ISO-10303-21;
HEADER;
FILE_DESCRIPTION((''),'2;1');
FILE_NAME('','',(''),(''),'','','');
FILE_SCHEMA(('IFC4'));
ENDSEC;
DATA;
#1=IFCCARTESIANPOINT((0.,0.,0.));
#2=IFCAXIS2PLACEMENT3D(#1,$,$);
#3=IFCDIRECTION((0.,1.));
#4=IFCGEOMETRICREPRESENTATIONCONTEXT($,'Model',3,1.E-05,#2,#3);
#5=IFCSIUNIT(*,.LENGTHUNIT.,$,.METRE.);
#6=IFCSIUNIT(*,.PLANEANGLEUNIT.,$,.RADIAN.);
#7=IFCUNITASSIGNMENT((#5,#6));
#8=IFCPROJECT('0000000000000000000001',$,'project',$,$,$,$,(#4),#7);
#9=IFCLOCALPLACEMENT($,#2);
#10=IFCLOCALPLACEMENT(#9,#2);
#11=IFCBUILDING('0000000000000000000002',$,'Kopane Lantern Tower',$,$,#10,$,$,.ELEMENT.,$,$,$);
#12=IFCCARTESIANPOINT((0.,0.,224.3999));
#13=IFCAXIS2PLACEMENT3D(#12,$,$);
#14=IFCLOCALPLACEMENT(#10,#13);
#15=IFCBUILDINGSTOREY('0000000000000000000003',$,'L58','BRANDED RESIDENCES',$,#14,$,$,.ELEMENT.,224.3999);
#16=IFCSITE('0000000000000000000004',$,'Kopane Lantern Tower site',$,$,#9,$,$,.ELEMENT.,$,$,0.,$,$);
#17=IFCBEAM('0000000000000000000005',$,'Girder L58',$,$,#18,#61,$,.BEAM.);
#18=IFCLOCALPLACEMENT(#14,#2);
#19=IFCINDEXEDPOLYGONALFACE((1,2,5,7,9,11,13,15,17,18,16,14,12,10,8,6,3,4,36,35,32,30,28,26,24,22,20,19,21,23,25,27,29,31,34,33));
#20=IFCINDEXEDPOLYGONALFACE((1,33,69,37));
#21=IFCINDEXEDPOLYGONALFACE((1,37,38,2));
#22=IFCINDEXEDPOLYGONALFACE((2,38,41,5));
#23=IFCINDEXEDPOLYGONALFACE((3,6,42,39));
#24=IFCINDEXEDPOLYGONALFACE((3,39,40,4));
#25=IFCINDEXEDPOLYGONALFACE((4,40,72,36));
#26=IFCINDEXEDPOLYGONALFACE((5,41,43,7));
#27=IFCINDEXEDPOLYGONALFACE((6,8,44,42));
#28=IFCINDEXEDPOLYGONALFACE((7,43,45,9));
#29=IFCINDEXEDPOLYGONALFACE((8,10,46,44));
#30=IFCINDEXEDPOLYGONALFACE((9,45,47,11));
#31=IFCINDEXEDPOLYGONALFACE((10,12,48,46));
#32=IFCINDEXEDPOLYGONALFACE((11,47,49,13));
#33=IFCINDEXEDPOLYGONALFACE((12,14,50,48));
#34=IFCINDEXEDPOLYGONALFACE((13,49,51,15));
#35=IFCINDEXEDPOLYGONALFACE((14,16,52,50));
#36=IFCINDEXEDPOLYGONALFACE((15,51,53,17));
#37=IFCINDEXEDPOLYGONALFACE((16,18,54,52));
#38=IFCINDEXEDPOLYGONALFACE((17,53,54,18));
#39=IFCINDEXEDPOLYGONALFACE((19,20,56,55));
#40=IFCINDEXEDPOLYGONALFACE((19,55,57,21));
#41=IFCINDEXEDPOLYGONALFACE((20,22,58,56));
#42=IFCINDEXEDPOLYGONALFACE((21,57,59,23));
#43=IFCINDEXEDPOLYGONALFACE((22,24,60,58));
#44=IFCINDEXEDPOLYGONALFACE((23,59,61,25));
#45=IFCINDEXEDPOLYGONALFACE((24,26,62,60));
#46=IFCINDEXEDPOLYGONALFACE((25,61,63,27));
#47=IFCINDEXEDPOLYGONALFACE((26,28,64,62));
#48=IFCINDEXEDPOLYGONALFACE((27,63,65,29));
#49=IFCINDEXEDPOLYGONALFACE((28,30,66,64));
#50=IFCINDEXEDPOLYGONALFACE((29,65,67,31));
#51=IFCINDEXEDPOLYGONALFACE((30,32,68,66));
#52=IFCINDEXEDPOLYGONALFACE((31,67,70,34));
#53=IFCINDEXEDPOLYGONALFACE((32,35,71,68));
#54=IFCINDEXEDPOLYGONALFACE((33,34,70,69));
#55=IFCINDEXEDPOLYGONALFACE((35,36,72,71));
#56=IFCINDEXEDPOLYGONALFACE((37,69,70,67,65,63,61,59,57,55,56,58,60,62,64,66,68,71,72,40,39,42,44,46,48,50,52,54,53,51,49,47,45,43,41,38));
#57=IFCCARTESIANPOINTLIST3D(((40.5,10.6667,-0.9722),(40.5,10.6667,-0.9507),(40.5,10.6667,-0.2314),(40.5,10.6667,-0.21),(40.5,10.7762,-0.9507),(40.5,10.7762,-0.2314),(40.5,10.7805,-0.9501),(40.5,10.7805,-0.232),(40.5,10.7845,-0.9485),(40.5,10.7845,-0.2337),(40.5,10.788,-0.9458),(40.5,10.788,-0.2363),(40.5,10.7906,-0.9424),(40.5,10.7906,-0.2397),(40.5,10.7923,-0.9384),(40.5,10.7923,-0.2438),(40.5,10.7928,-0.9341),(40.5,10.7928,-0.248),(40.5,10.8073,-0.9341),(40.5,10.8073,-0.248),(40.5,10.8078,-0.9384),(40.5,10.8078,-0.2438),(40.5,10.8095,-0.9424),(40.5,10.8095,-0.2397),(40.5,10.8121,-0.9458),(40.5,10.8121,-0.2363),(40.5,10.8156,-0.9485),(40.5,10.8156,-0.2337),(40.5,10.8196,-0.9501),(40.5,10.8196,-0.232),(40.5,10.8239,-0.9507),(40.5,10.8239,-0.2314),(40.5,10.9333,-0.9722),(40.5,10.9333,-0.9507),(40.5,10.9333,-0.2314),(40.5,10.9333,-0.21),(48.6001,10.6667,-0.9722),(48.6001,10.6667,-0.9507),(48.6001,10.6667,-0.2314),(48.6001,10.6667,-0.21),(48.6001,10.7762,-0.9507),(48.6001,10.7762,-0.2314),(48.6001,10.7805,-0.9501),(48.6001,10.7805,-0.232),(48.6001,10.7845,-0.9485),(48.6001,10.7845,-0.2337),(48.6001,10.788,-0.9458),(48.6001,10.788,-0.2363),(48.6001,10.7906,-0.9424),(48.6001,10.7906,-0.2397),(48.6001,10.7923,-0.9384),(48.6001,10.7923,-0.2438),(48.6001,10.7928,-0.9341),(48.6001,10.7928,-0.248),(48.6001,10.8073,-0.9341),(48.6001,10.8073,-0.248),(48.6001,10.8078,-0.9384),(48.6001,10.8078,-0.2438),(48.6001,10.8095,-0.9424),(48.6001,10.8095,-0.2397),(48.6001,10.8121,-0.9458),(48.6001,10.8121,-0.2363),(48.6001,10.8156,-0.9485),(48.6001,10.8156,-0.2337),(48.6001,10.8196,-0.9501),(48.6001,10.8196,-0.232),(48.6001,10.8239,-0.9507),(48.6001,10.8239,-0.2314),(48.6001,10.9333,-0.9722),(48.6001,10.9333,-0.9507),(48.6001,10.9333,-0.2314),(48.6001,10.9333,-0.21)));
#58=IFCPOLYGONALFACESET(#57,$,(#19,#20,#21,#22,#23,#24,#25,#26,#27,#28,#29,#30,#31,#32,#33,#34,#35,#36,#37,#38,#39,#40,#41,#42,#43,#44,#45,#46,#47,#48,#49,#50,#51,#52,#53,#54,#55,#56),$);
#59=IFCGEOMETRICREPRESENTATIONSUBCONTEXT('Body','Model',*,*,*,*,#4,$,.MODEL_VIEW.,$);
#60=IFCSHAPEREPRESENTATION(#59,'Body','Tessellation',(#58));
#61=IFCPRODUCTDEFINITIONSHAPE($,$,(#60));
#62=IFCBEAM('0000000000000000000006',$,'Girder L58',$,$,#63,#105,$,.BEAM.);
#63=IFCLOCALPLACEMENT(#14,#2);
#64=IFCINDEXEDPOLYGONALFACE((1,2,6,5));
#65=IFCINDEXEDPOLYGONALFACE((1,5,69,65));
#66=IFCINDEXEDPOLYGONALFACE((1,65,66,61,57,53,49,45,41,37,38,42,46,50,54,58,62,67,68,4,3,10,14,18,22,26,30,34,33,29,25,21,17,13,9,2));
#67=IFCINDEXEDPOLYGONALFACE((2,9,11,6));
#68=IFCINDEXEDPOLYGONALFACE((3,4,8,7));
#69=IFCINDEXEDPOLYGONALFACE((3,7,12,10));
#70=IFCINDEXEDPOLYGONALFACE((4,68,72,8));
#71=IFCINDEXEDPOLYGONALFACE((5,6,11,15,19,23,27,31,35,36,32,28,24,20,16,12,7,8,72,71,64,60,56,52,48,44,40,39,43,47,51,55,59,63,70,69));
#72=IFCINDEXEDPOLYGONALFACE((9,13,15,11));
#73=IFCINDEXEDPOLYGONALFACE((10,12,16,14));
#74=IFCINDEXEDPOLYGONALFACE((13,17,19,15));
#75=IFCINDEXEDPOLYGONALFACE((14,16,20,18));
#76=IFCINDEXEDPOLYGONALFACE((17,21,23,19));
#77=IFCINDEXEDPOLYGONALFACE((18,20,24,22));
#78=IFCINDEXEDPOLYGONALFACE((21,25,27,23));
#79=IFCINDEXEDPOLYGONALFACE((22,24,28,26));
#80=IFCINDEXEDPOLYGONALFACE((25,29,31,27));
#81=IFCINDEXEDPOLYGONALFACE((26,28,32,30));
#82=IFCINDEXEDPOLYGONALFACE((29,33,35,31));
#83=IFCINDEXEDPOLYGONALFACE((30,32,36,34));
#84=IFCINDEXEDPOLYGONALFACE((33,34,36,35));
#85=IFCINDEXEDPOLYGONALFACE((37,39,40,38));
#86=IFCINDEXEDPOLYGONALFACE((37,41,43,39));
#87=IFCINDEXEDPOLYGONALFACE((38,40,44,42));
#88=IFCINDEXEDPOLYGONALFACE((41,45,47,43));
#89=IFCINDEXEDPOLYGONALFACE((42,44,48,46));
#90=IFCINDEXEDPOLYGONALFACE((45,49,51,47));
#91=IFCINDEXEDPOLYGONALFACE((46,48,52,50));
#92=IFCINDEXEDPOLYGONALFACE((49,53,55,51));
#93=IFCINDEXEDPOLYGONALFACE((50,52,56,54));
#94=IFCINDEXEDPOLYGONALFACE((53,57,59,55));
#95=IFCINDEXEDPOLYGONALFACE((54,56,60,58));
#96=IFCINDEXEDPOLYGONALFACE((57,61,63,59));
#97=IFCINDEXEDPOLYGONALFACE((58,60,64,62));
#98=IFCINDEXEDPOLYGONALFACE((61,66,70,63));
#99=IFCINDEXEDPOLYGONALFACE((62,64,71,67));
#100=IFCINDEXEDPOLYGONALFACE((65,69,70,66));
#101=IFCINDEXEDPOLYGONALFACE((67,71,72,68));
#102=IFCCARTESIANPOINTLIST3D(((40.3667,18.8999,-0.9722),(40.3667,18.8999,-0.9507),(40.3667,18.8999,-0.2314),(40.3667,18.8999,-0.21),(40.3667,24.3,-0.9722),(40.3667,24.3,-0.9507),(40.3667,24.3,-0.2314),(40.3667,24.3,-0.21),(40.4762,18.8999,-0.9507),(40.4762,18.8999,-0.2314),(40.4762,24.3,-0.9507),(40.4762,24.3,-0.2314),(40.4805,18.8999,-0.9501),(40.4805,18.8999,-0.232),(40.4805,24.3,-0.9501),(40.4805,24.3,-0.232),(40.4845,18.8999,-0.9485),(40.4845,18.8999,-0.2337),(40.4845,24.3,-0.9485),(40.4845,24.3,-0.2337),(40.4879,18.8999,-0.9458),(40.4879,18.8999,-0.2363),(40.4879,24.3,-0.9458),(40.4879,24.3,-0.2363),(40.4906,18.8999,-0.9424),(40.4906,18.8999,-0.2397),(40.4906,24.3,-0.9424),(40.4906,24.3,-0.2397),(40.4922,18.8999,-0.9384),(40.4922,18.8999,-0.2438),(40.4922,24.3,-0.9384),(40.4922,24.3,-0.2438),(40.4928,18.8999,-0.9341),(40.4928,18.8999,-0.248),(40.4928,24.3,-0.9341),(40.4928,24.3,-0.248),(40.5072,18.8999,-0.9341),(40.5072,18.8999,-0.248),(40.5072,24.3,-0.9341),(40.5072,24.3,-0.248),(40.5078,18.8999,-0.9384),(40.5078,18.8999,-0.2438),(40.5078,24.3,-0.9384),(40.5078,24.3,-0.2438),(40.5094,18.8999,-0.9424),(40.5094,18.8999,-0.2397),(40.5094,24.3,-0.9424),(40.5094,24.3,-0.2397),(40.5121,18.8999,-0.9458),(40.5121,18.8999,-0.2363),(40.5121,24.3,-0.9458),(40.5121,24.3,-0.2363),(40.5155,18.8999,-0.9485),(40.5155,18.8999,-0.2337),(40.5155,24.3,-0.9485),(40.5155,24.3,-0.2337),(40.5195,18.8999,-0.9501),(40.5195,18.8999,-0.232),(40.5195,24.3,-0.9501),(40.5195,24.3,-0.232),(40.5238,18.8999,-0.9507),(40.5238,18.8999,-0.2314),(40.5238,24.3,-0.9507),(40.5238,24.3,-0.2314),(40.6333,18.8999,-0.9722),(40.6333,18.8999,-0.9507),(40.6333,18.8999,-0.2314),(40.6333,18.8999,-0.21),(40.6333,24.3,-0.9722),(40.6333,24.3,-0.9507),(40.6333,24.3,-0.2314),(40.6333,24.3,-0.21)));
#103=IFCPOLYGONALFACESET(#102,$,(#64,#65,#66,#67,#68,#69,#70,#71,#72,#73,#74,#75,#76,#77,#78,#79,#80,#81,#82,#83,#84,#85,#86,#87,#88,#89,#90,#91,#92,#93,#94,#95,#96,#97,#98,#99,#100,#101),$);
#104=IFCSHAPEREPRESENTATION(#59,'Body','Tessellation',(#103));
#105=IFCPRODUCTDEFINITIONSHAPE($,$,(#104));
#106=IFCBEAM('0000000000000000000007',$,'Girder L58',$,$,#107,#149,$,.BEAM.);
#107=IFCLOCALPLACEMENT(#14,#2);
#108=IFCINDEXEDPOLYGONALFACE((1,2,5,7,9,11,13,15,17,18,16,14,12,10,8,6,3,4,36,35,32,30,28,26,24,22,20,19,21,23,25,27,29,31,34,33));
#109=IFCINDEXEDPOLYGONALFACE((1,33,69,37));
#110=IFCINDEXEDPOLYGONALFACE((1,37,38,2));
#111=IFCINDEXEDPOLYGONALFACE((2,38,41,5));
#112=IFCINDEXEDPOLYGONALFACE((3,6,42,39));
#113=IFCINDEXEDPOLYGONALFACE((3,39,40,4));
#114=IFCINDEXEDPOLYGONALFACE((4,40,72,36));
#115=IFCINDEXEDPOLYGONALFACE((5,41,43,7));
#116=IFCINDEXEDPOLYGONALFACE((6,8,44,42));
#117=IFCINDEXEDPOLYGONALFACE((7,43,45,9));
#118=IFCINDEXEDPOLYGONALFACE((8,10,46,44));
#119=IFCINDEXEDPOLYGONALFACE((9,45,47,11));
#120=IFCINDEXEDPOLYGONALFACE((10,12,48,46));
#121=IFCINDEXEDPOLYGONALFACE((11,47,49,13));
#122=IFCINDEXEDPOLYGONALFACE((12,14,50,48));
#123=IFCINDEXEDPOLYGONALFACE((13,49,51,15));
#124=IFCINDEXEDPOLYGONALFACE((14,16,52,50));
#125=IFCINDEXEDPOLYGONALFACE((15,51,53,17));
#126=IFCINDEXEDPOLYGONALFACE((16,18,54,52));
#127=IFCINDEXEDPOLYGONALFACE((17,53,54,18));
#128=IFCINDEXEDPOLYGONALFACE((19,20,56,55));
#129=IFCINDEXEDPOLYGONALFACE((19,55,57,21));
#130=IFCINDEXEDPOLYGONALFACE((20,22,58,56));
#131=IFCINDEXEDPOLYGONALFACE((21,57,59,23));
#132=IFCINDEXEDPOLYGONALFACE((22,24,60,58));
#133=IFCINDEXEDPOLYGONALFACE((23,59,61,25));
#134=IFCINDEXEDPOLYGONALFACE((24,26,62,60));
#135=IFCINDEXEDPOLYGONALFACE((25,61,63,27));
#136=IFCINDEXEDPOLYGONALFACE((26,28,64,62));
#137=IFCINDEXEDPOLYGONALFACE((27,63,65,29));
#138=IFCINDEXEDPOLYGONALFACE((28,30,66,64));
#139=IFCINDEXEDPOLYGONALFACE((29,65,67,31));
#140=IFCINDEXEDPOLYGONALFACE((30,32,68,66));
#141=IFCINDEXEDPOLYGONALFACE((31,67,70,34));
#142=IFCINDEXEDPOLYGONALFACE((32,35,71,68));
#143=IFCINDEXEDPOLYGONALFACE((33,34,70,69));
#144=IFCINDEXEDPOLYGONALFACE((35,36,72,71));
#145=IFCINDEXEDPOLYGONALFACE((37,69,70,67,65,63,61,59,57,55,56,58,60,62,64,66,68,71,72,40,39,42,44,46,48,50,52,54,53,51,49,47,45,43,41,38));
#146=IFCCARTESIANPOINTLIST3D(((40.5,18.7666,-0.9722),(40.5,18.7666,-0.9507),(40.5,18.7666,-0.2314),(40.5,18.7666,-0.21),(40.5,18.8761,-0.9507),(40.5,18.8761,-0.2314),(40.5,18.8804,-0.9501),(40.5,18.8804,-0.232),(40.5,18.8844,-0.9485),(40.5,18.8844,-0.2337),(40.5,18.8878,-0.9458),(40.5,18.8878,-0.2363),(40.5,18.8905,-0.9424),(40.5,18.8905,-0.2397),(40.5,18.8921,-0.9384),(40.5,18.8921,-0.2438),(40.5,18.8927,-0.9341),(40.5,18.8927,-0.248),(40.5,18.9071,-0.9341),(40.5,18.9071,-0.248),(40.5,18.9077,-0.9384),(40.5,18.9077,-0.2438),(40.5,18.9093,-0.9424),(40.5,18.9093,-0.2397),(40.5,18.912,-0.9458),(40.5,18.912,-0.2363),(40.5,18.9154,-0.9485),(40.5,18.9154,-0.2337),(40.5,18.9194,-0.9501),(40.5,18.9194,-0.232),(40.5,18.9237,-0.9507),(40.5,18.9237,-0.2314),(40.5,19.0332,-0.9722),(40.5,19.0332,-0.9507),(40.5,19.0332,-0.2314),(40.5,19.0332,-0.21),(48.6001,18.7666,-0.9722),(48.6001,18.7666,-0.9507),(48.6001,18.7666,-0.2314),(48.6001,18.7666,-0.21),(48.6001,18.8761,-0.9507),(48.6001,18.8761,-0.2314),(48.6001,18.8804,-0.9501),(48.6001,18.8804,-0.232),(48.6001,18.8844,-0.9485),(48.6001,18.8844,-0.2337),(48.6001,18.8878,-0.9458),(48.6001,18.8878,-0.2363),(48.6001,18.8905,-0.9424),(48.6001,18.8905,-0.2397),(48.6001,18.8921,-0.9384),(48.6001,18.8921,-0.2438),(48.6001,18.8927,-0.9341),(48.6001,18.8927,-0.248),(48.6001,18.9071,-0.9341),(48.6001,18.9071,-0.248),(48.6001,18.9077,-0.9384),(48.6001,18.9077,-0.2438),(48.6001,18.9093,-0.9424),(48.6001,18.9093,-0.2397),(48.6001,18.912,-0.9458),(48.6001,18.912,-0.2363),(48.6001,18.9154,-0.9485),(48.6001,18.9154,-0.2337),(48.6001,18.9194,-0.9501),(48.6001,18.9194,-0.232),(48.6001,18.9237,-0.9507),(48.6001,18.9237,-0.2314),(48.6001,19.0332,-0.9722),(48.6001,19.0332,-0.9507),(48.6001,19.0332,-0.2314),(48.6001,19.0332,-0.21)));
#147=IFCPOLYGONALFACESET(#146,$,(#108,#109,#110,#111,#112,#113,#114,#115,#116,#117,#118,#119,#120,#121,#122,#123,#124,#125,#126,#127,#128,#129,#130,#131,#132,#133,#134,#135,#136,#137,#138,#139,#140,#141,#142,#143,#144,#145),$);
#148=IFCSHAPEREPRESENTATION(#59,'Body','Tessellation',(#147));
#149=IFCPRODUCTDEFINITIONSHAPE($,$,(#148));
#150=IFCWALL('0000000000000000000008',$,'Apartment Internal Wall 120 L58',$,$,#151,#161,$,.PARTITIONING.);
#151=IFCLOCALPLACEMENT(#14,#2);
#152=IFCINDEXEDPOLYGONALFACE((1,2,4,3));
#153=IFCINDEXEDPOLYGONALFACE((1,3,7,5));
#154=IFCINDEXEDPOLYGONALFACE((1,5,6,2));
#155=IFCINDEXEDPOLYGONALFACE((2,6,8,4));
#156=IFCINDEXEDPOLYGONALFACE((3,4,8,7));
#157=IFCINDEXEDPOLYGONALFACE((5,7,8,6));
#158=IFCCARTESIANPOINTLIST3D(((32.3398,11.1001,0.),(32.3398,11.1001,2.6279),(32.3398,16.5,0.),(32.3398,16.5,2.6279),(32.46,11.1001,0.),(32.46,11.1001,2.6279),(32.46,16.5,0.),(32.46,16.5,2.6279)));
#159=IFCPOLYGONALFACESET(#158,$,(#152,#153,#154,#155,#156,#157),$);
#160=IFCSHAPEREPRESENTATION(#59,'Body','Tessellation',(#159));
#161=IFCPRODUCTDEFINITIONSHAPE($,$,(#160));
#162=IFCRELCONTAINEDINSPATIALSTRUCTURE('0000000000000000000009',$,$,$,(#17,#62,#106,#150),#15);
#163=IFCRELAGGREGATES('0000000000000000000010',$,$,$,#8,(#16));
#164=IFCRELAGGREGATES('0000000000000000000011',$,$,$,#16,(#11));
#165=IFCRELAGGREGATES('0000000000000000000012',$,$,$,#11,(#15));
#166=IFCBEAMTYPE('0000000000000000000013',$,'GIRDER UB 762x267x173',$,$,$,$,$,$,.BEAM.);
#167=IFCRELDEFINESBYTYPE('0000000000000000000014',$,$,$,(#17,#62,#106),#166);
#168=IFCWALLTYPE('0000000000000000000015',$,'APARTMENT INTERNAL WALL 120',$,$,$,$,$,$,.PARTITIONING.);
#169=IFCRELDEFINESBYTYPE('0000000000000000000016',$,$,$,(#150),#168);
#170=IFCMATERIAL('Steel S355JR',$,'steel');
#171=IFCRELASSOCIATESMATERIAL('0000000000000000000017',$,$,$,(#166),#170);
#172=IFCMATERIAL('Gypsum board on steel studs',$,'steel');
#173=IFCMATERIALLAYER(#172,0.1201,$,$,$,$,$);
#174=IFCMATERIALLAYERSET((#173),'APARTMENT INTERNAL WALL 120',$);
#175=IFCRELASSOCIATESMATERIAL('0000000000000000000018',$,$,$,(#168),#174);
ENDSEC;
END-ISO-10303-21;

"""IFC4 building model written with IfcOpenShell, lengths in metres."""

from ifc_helpers import new_model, si_unit, direction, frame, frame_2d, origin, origin_2d, place, context, subcontext, project, spatial, rectangle, i_section, extrude, material, layer, layer_set, material_profile, profile_set, type_object, element, save


model = new_model("IFC4")

# Units and contexts
model_context = context("Model", 3, precision=1e-05, world=origin(), true_north=direction((0.0, 1.0)))
body_context = subcontext(model_context, "Body", "Model", "MODEL_VIEW")
ifc_project = project(units=[si_unit("LENGTHUNIT", "METRE"), si_unit("PLANEANGLEUNIT", "RADIAN")], contexts=[model_context])

# Site, building, storey
site_placement = place(None, origin())
site = spatial("IfcSite", under=ifc_project, at=site_placement, Name="Kopane Lantern Tower site", CompositionType="ELEMENT", RefElevation=0.0)
building_placement = place(site_placement, origin())
building = spatial("IfcBuilding", under=site, at=building_placement, Name="Kopane Lantern Tower", CompositionType="ELEMENT")
storey_placement = place(building_placement, frame((0.0, 0.0, 224.3999)))
storey = spatial("IfcBuildingStorey", under=building, at=storey_placement, Name="L58", Description="BRANDED RESIDENCES", CompositionType="ELEMENT", Elevation=224.3999)

# Beams
ifc_material_1 = material(Name="Steel S355JR", Category="steel")
ifc_material_profile_1 = material_profile(ifc_material_1, i_section(OverallWidth=0.2666, OverallDepth=0.7622, WebThickness=0.0144, FlangeThickness=0.0215, FilletRadius=0.0166, at=origin_2d()), Name="UB 762x267x173")
ifc_profile_set_1 = profile_set([ifc_material_profile_1], Name="Steel S355JR")
beam_type = type_object("IfcBeamType", Name="GIRDER UB 762x267x173", PredefinedType="BEAM", material=ifc_profile_set_1)
beam_1_placement = place(storey_placement, frame((40.5, 10.8, -0.5911), z_axis=(1.0, 0.0, 0.0), x_axis=(0.0, 1.0, 0.0)))
element("IfcBeam", 1, at=beam_1_placement, inside=storey, type_object=beam_type, Name="Girder L58", PredefinedType="BEAM", context=body_context, shape_type="SweptSolid", body=[
    extrude(i_section(OverallWidth=0.2666, OverallDepth=0.7622, WebThickness=0.0144, FlangeThickness=0.0215, FilletRadius=0.0166, at=origin_2d()), origin(), (0.0, 0.0, 1.0), 8.1001),
])
beam_2_placement = place(storey_placement, frame((40.5, 18.8999, -0.5911), z_axis=(0.0, 1.0, 0.0), x_axis=(-1.0, 0.0, 0.0)))
element("IfcBeam", 2, at=beam_2_placement, inside=storey, type_object=beam_type, Name="Girder L58", PredefinedType="BEAM", context=body_context, shape_type="SweptSolid", body=[
    extrude(i_section(OverallWidth=0.2666, OverallDepth=0.7622, WebThickness=0.0144, FlangeThickness=0.0215, FilletRadius=0.0166, at=origin_2d()), origin(), (0.0, 0.0, 1.0), 5.4001),
])
beam_3_placement = place(storey_placement, frame((40.5, 18.8999, -0.5911), z_axis=(1.0, 0.0, 0.0), x_axis=(0.0, 1.0, 0.0)))
element("IfcBeam", 3, at=beam_3_placement, inside=storey, type_object=beam_type, Name="Girder L58", PredefinedType="BEAM", context=body_context, shape_type="SweptSolid", body=[
    extrude(i_section(OverallWidth=0.2666, OverallDepth=0.7622, WebThickness=0.0144, FlangeThickness=0.0215, FilletRadius=0.0166, at=origin_2d()), origin(), (0.0, 0.0, 1.0), 8.1001),
])

# Wall
ifc_material_2 = material(Name="Gypsum board on steel studs", Category="steel")
ifc_layer_1 = layer(ifc_material_2, 0.1201)
ifc_layer_set_1 = layer_set([ifc_layer_1], Name="APARTMENT INTERNAL WALL 120")
wall_type_1 = type_object("IfcWallType", Name="APARTMENT INTERNAL WALL 120", PredefinedType="PARTITIONING", material=ifc_layer_set_1)
wall_1_placement = place(storey_placement, frame((32.3999, 16.5, 0.0), z_axis=(0.0, 0.0, 1.0), x_axis=(0.0, -1.0, 0.0)))
element("IfcWall", 4, at=wall_1_placement, inside=storey, type_object=wall_type_1, Name="Apartment Internal Wall 120 L58", PredefinedType="PARTITIONING", context=body_context, shape_type="SweptSolid", body=[
    extrude(rectangle(XDim=5.3999, YDim=0.1201, at=frame_2d((2.7, 0.0))), origin(), (0.0, 0.0, 1.0), 2.6279),
])

save(model, "model.ifc")
